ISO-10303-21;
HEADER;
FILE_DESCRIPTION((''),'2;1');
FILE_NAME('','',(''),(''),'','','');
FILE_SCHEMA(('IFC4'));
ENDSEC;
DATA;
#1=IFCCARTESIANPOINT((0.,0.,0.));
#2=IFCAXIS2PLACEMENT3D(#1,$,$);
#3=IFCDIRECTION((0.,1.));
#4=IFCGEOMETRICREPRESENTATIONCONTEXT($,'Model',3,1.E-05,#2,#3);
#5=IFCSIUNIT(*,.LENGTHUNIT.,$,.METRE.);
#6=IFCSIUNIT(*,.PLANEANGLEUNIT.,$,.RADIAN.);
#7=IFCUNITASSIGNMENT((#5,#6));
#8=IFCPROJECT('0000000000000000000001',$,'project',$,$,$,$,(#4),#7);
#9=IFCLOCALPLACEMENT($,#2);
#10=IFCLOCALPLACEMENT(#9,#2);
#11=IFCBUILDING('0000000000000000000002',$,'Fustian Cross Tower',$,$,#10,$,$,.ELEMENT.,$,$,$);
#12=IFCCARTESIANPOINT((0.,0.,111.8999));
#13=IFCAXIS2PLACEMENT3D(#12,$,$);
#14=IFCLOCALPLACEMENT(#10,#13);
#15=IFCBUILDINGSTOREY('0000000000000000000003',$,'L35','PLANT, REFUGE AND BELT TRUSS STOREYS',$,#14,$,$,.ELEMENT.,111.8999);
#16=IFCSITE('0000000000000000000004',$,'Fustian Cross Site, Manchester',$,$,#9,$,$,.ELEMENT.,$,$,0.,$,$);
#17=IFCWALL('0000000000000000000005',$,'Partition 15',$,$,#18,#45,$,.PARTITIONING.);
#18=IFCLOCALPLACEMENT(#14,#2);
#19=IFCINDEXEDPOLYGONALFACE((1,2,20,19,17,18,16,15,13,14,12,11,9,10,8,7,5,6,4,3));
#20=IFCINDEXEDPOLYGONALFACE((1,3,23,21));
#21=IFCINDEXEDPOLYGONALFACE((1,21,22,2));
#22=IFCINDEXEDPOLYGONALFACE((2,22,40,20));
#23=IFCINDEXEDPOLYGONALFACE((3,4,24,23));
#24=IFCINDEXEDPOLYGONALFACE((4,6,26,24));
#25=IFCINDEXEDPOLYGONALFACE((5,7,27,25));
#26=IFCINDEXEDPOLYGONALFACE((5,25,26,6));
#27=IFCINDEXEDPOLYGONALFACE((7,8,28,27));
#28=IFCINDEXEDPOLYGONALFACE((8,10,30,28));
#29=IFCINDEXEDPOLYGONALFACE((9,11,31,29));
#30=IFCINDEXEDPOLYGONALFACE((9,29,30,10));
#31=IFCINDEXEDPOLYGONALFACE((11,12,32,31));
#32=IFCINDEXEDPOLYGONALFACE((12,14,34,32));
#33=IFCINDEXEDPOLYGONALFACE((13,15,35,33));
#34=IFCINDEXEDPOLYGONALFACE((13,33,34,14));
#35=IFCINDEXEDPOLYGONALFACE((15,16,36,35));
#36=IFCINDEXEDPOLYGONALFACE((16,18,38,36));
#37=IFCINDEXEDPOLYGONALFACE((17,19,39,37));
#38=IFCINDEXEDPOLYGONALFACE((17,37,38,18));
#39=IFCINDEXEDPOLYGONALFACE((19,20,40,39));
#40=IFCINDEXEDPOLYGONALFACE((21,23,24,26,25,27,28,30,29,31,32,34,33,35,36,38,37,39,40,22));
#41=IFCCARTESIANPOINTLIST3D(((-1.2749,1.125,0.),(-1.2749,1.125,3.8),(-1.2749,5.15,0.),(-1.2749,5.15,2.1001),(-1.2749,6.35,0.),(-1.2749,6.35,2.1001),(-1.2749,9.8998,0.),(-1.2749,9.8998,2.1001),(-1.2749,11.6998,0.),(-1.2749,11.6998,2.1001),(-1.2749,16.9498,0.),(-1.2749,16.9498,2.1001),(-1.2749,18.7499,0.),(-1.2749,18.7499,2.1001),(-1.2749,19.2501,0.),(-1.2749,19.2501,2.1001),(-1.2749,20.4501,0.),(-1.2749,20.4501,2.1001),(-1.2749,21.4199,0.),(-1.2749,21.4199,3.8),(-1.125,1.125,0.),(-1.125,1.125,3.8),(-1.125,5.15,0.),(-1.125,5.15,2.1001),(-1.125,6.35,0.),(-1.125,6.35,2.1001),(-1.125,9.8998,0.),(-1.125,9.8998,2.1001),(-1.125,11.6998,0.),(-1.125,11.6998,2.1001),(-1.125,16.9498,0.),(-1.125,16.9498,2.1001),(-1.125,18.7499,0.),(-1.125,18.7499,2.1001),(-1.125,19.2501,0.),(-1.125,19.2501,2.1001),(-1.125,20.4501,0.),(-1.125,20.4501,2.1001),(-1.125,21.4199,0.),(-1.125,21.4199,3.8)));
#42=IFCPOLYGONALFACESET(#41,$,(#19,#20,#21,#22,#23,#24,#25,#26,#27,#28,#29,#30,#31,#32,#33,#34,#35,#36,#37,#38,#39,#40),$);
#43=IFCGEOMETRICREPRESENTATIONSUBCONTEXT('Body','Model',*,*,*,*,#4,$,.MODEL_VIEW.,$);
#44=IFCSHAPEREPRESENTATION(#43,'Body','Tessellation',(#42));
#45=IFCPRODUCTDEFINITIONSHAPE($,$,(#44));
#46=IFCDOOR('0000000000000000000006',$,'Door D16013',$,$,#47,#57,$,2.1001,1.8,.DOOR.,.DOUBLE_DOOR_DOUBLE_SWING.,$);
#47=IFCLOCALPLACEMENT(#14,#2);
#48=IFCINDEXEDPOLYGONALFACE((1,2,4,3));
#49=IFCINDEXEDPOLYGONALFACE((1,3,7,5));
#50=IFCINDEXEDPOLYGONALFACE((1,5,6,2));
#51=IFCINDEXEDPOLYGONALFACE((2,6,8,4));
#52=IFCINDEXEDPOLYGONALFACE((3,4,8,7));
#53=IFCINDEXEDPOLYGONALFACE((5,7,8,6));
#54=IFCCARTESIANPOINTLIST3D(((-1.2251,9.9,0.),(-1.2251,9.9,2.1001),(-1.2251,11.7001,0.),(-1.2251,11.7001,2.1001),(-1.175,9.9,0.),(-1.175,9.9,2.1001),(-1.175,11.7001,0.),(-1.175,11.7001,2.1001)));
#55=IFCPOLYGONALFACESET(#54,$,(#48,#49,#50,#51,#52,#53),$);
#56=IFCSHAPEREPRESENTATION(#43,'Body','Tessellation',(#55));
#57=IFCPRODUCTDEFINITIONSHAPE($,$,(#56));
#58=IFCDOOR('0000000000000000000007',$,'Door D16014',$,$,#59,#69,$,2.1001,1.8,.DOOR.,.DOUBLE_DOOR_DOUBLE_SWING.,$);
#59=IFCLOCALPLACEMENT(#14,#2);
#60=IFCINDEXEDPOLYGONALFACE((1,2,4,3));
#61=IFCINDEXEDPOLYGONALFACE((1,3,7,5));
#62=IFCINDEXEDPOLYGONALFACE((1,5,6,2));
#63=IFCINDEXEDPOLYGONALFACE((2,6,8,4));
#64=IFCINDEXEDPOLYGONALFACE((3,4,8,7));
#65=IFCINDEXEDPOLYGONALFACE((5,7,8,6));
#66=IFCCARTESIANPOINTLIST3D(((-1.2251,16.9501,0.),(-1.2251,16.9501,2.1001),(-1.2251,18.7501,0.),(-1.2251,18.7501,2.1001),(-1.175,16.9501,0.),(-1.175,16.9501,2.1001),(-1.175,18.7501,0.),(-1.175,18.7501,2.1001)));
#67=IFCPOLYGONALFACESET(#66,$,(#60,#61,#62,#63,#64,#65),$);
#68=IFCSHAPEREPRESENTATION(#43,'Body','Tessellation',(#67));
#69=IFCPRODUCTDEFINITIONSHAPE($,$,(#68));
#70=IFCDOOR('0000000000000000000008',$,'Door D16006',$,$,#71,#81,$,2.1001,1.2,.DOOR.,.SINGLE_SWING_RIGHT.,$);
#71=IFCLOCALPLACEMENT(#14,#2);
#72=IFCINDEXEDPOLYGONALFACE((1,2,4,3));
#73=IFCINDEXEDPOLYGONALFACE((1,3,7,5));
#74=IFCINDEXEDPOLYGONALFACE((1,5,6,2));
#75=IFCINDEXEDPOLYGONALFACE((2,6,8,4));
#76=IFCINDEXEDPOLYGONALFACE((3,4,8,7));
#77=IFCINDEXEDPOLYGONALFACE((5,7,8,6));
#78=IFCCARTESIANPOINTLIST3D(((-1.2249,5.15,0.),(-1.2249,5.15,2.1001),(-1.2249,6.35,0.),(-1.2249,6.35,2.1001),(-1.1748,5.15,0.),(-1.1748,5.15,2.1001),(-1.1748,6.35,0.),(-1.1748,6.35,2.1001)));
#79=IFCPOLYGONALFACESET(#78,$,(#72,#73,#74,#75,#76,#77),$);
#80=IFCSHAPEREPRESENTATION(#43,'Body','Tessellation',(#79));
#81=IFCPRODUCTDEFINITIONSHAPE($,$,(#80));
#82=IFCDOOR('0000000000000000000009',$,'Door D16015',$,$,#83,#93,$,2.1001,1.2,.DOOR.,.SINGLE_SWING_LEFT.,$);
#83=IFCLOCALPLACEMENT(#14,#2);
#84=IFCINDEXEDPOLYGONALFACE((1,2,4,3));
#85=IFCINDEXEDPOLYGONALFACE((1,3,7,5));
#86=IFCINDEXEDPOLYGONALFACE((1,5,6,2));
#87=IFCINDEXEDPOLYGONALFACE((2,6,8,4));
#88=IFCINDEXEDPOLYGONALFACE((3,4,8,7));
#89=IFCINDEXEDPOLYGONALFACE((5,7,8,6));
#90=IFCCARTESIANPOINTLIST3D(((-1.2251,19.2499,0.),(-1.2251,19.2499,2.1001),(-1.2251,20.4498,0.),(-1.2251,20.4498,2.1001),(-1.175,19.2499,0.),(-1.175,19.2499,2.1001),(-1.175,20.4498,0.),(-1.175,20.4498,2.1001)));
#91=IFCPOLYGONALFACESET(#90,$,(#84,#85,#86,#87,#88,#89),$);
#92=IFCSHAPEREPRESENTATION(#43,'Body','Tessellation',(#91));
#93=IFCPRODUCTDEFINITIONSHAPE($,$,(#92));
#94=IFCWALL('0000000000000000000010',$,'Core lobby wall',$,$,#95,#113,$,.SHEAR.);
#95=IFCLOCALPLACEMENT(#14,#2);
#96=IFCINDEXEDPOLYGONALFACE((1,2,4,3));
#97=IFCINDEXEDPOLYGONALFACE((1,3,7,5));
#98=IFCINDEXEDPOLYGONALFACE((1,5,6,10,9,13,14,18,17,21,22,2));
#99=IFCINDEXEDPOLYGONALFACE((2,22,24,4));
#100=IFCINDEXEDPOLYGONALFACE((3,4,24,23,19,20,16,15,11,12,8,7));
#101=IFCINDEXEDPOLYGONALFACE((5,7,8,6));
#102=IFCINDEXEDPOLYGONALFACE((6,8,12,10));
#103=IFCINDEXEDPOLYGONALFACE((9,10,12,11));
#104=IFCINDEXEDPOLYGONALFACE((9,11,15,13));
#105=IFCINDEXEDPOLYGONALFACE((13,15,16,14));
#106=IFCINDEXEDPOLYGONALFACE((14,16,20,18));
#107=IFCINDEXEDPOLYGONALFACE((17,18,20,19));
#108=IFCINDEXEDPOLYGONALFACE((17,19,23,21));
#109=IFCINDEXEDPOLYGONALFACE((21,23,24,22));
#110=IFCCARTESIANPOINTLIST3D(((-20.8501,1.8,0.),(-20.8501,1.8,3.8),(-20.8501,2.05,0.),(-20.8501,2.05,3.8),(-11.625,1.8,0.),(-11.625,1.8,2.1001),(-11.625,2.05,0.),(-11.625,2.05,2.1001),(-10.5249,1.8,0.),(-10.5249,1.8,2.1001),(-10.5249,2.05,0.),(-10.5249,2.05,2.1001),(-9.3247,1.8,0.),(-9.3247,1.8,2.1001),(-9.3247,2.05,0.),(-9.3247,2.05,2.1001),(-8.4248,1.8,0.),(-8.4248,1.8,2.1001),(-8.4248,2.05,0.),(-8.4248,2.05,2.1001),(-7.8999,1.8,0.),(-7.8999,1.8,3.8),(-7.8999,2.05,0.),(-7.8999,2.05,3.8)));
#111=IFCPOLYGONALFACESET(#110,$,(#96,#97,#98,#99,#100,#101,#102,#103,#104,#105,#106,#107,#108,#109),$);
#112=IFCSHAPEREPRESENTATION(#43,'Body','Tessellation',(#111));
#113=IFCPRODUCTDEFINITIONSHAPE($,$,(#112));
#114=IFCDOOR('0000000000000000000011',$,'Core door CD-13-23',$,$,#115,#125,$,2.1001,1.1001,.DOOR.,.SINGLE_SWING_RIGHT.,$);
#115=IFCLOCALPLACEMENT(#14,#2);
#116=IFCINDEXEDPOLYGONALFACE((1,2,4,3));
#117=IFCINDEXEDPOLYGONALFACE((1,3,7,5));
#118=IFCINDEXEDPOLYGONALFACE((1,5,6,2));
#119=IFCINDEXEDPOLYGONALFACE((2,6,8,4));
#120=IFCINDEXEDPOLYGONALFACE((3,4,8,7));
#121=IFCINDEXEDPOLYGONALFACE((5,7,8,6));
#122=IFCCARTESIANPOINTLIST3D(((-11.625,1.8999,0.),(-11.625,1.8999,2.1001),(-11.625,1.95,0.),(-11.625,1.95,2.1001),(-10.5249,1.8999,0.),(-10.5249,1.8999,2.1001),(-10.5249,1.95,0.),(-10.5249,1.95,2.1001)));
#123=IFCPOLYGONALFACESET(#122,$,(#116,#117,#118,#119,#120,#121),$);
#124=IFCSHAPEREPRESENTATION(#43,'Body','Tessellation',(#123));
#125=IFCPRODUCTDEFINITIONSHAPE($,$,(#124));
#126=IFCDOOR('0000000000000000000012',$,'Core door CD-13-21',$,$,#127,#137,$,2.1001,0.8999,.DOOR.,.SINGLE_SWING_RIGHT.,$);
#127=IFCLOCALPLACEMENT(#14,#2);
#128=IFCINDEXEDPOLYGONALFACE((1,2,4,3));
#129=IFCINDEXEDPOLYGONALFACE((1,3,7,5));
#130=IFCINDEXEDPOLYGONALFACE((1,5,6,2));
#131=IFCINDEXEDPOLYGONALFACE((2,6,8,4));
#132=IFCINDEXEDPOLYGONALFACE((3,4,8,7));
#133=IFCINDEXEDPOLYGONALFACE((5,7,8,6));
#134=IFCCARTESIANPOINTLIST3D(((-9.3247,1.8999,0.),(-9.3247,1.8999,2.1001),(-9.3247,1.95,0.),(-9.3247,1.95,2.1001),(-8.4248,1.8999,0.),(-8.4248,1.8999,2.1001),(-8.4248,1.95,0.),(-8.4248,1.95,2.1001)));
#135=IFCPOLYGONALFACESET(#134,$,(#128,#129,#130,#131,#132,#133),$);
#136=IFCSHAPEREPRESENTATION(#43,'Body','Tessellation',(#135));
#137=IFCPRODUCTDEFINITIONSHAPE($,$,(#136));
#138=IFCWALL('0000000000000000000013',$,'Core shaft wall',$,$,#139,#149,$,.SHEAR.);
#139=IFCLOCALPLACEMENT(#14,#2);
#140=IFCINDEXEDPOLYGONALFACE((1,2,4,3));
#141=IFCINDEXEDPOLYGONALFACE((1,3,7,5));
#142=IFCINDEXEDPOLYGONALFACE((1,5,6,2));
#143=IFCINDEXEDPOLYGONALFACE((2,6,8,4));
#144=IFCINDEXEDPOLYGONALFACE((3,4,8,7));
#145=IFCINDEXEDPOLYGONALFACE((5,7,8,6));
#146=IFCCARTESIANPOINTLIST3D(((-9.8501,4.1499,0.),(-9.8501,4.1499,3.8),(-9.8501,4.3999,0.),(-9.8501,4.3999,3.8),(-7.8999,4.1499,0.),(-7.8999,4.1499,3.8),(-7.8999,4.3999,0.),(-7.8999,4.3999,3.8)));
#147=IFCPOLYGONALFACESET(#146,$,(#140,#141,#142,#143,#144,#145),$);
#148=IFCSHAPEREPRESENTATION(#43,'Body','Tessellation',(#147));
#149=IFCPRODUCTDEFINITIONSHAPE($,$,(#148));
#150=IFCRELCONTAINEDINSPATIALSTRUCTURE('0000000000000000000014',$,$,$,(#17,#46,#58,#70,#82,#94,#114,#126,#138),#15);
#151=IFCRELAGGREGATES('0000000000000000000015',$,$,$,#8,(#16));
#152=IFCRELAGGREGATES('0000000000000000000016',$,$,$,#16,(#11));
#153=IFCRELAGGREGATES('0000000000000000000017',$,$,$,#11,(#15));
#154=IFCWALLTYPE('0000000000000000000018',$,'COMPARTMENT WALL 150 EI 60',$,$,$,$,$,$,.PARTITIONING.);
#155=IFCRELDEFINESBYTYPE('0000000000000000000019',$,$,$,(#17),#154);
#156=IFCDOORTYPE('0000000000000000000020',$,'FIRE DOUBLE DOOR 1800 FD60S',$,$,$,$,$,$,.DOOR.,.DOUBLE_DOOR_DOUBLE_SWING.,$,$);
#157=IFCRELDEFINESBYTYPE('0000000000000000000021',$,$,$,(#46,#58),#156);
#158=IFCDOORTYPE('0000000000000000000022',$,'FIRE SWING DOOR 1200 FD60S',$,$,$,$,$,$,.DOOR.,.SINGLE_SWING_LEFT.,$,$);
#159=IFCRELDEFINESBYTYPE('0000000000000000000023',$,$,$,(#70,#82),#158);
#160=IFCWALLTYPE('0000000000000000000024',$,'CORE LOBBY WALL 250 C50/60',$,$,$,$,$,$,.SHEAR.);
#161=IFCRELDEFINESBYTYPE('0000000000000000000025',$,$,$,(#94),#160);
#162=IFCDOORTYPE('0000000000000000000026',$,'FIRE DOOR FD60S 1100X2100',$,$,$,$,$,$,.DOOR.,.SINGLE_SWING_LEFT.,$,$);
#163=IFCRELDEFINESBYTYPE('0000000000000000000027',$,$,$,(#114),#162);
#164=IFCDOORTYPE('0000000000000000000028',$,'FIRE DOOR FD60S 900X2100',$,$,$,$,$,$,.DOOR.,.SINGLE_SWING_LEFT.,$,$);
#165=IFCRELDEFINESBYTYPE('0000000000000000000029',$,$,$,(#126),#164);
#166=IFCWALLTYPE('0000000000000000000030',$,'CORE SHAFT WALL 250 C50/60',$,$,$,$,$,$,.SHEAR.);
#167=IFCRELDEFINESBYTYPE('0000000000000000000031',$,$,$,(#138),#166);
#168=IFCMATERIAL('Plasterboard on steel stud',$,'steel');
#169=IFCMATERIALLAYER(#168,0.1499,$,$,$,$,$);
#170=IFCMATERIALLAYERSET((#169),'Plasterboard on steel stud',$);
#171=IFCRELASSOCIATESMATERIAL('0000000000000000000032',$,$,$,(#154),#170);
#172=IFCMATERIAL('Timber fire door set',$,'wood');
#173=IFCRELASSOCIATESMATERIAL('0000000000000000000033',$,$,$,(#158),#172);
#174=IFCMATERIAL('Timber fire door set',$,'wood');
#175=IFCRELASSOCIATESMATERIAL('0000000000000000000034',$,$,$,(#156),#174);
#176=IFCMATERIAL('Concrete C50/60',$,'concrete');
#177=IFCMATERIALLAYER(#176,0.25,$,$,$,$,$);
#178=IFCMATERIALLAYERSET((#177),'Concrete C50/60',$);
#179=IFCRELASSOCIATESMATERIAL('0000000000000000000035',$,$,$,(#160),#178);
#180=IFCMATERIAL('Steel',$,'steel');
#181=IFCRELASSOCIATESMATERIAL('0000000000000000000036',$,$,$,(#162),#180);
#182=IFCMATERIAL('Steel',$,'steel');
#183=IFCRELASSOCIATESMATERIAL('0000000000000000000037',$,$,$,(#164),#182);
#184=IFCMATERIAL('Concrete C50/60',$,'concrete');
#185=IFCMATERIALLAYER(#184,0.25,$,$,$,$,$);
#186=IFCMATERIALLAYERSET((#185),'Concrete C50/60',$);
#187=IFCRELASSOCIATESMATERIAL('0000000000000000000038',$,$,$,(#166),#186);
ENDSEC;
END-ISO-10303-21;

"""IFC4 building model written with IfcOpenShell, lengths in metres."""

from ifc_helpers import new_model, si_unit, direction, frame, frame_2d, origin, place, context, subcontext, project, spatial, rectangle, extrude, material, layer, layer_set, type_object, element, fill, save


model = new_model("IFC4")

# Units and contexts
model_context = context("Model", 3, precision=1e-05, world=origin(), true_north=direction((0.0, 1.0)))
body_context = subcontext(model_context, "Body", "Model", "MODEL_VIEW")
ifc_project = project(units=[si_unit("LENGTHUNIT", "METRE"), si_unit("PLANEANGLEUNIT", "RADIAN")], contexts=[model_context])

# Site, building, storey
site_placement = place(None, origin())
site = spatial("IfcSite", under=ifc_project, at=site_placement, Name="Fustian Cross Site, Manchester", CompositionType="ELEMENT", RefElevation=0.0)
building_placement = place(site_placement, origin())
building = spatial("IfcBuilding", under=site, at=building_placement, Name="Fustian Cross Tower", CompositionType="ELEMENT")
storey_placement = place(building_placement, frame((0.0, 0.0, 111.8999)))
storey = spatial("IfcBuildingStorey", under=building, at=storey_placement, Name="L35", Description="PLANT, REFUGE AND BELT TRUSS STOREYS", CompositionType="ELEMENT", Elevation=111.8999)

# Shared definitions
ifc_material_1 = material(Name="Plasterboard on steel stud", Category="steel")
ifc_layer_1 = layer(ifc_material_1, 0.1499)
ifc_layer_set_1 = layer_set([ifc_layer_1], Name="Plasterboard on steel stud")
wall_type_1 = type_object("IfcWallType", Name="COMPARTMENT WALL 150 EI 60", PredefinedType="PARTITIONING", material=ifc_layer_set_1)
ifc_material_2 = material(Name="Timber fire door set", Category="wood")
door_type_1 = type_object("IfcDoorType", Name="FIRE SWING DOOR 1200 FD60S", OperationType="SINGLE_SWING_LEFT", PredefinedType="DOOR", material=ifc_material_2)

# Walls, openings, doors
wall_1_placement = place(storey_placement, frame((-1.2, 1.125, 0.0), z_axis=(0.0, 0.0, 1.0), x_axis=(0.0, 1.0, 0.0)))
wall_1 = element("IfcWall", 1, at=wall_1_placement, inside=storey, type_object=wall_type_1, Name="Partition 15", PredefinedType="PARTITIONING", context=body_context, shape_type="SweptSolid", body=[
    extrude(rectangle(XDim=20.2949, YDim=0.1499, at=frame_2d((10.1475, 0.0))), origin(), (0.0, 0.0, 1.0), 3.8),
])
opening_1_placement = place(wall_1_placement, frame((4.0249, 0.0, 0.0)))
opening_1 = element("IfcOpeningElement", 2, at=opening_1_placement, cuts=wall_1, PredefinedType="OPENING", context=body_context, shape_type="SweptSolid", body=[
    extrude(rectangle(XDim=1.2, YDim=2.1001, at=frame_2d((0.6001, 1.05))), frame((0.0, 0.085, 0.0), z_axis=(0.0, -1.0, 0.0), x_axis=(1.0, 0.0, 0.0)), (0.0, 0.0, 1.0), 0.1699),
])
opening_2_placement = place(wall_1_placement, frame((8.7749, 0.0, 0.0)))
opening_2 = element("IfcOpeningElement", 3, at=opening_2_placement, cuts=wall_1, PredefinedType="OPENING", context=body_context, shape_type="SweptSolid", body=[
    extrude(rectangle(XDim=1.8, YDim=2.1001, at=frame_2d((0.8999, 1.05))), frame((0.0, 0.085, 0.0), z_axis=(0.0, -1.0, 0.0), x_axis=(1.0, 0.0, 0.0)), (0.0, 0.0, 1.0), 0.1699),
])
opening_3_placement = place(wall_1_placement, frame((15.825, 0.0, 0.0)))
opening_3 = element("IfcOpeningElement", 4, at=opening_3_placement, cuts=wall_1, PredefinedType="OPENING", context=body_context, shape_type="SweptSolid", body=[
    extrude(rectangle(XDim=1.8, YDim=2.1001, at=frame_2d((0.8999, 1.05))), frame((0.0, 0.085, 0.0), z_axis=(0.0, -1.0, 0.0), x_axis=(1.0, 0.0, 0.0)), (0.0, 0.0, 1.0), 0.1699),
])
opening_4_placement = place(wall_1_placement, frame((18.125, 0.0, 0.0)))
opening_4 = element("IfcOpeningElement", 5, at=opening_4_placement, cuts=wall_1, PredefinedType="OPENING", context=body_context, shape_type="SweptSolid", body=[
    extrude(rectangle(XDim=1.2, YDim=2.1001, at=frame_2d((0.6001, 1.05))), frame((0.0, 0.085, 0.0), z_axis=(0.0, -1.0, 0.0), x_axis=(1.0, 0.0, 0.0)), (0.0, 0.0, 1.0), 0.1699),
])
ifc_material_3 = material(Name="Timber fire door set", Category="wood")
door_type_2 = type_object("IfcDoorType", Name="FIRE DOUBLE DOOR 1800 FD60S", OperationType="DOUBLE_DOOR_DOUBLE_SWING", PredefinedType="DOOR", material=ifc_material_3)
door_1_placement = place(opening_2_placement, frame((1.8, 0.0, 0.0), z_axis=(0.0, 0.0, 1.0), x_axis=(-1.0, 0.0, 0.0)))
door_1 = element("IfcDoor", 6, at=door_1_placement, inside=storey, type_object=door_type_2, Name="Door D16013", OperationType="DOUBLE_DOOR_DOUBLE_SWING", OverallHeight=2.1001, OverallWidth=1.8, PredefinedType="DOOR", context=body_context, shape_type="SweptSolid", body=[
    extrude(rectangle(XDim=1.8, YDim=2.1001, at=frame_2d((0.8999, 1.05))), frame((0.0, 0.0249, 0.0), z_axis=(0.0, -1.0, 0.0), x_axis=(1.0, 0.0, 0.0)), (0.0, 0.0, 1.0), 0.05),
])
fill(opening_2, door_1)
door_2_placement = place(opening_3_placement, frame((1.8, 0.0, 0.0), z_axis=(0.0, 0.0, 1.0), x_axis=(-1.0, 0.0, 0.0)))
door_2 = element("IfcDoor", 7, at=door_2_placement, inside=storey, type_object=door_type_2, Name="Door D16014", OperationType="DOUBLE_DOOR_DOUBLE_SWING", OverallHeight=2.1001, OverallWidth=1.8, PredefinedType="DOOR", context=body_context, shape_type="SweptSolid", body=[
    extrude(rectangle(XDim=1.8, YDim=2.1001, at=frame_2d((0.8999, 1.05))), frame((0.0, 0.0249, 0.0), z_axis=(0.0, -1.0, 0.0), x_axis=(1.0, 0.0, 0.0)), (0.0, 0.0, 1.0), 0.05),
])
fill(opening_3, door_2)
door_3_placement = place(opening_1_placement, origin())
door_3 = element("IfcDoor", 8, at=door_3_placement, inside=storey, type_object=door_type_1, Name="Door D16006", OperationType="SINGLE_SWING_RIGHT", OverallHeight=2.1001, OverallWidth=1.2, PredefinedType="DOOR", context=body_context, shape_type="SweptSolid", body=[
    extrude(rectangle(XDim=1.2, YDim=2.1001, at=frame_2d((0.6001, 1.05))), frame((0.0, 0.0249, 0.0), z_axis=(0.0, -1.0, 0.0), x_axis=(1.0, 0.0, 0.0)), (0.0, 0.0, 1.0), 0.05),
])
fill(opening_1, door_3)
door_4_placement = place(opening_4_placement, frame((1.2, 0.0, 0.0), z_axis=(0.0, 0.0, 1.0), x_axis=(-1.0, 0.0, 0.0)))
door_4 = element("IfcDoor", 9, at=door_4_placement, inside=storey, type_object=door_type_1, Name="Door D16015", OperationType="SINGLE_SWING_LEFT", OverallHeight=2.1001, OverallWidth=1.2, PredefinedType="DOOR", context=body_context, shape_type="SweptSolid", body=[
    extrude(rectangle(XDim=1.2, YDim=2.1001, at=frame_2d((0.6001, 1.05))), frame((0.0, 0.0249, 0.0), z_axis=(0.0, -1.0, 0.0), x_axis=(1.0, 0.0, 0.0)), (0.0, 0.0, 1.0), 0.05),
])
fill(opening_4, door_4)
ifc_material_4 = material(Name="Concrete C50/60", Category="concrete")
ifc_layer_2 = layer(ifc_material_4, 0.25)
ifc_layer_set_2 = layer_set([ifc_layer_2], Name="Concrete C50/60")
wall_type_2 = type_object("IfcWallType", Name="CORE LOBBY WALL 250 C50/60", PredefinedType="SHEAR", material=ifc_layer_set_2)
wall_2_placement = place(storey_placement, frame((-7.8999, 1.925, 0.0), z_axis=(0.0, 0.0, 1.0), x_axis=(-1.0, 0.0, 0.0)))
wall_2 = element("IfcWall", 10, at=wall_2_placement, inside=storey, type_object=wall_type_2, Name="Core lobby wall", PredefinedType="SHEAR", context=body_context, shape_type="SweptSolid", body=[
    extrude(rectangle(XDim=12.9502, YDim=0.25, at=frame_2d((6.4751, 0.0))), origin(), (0.0, 0.0, 1.0), 3.8),
])
opening_5_placement = place(wall_2_placement, frame((0.5249, 0.0, 0.0)))
opening_5 = element("IfcOpeningElement", 11, at=opening_5_placement, cuts=wall_2, PredefinedType="OPENING", context=body_context, shape_type="SweptSolid", body=[
    extrude(rectangle(XDim=0.8999, YDim=2.1001, at=frame_2d((0.45, 1.05))), frame((0.0, 0.135, 0.0), z_axis=(0.0, -1.0, 0.0), x_axis=(1.0, 0.0, 0.0)), (0.0, 0.0, 1.0), 0.27),
])
opening_6_placement = place(wall_2_placement, frame((2.625, 0.0, 0.0)))
opening_6 = element("IfcOpeningElement", 12, at=opening_6_placement, cuts=wall_2, PredefinedType="OPENING", context=body_context, shape_type="SweptSolid", body=[
    extrude(rectangle(XDim=1.1001, YDim=2.1001, at=frame_2d((0.55, 1.05))), frame((0.0, 0.135, 0.0), z_axis=(0.0, -1.0, 0.0), x_axis=(1.0, 0.0, 0.0)), (0.0, 0.0, 1.0), 0.27),
])
ifc_material_5 = material(Name="Steel", Category="steel")
door_type_3 = type_object("IfcDoorType", Name="FIRE DOOR FD60S 1100X2100", OperationType="SINGLE_SWING_LEFT", PredefinedType="DOOR", material=ifc_material_5)
door_5_placement = place(opening_6_placement, frame((1.1001, 0.0, 0.0), z_axis=(0.0, 0.0, 1.0), x_axis=(-1.0, 0.0, 0.0)))
door_5 = element("IfcDoor", 13, at=door_5_placement, inside=storey, type_object=door_type_3, Name="Core door CD-13-23", OperationType="SINGLE_SWING_RIGHT", OverallHeight=2.1001, OverallWidth=1.1001, PredefinedType="DOOR", context=body_context, shape_type="SweptSolid", body=[
    extrude(rectangle(XDim=1.1001, YDim=2.1001, at=frame_2d((0.55, 1.05))), frame((0.0, 0.0249, 0.0), z_axis=(0.0, -1.0, 0.0), x_axis=(1.0, 0.0, 0.0)), (0.0, 0.0, 1.0), 0.05),
])
fill(opening_6, door_5)
ifc_material_6 = material(Name="Steel", Category="steel")
door_type_4 = type_object("IfcDoorType", Name="FIRE DOOR FD60S 900X2100", OperationType="SINGLE_SWING_LEFT", PredefinedType="DOOR", material=ifc_material_6)
door_6_placement = place(opening_5_placement, frame((0.8999, 0.0, 0.0), z_axis=(0.0, 0.0, 1.0), x_axis=(-1.0, 0.0, 0.0)))
door_6 = element("IfcDoor", 14, at=door_6_placement, inside=storey, type_object=door_type_4, Name="Core door CD-13-21", OperationType="SINGLE_SWING_RIGHT", OverallHeight=2.1001, OverallWidth=0.8999, PredefinedType="DOOR", context=body_context, shape_type="SweptSolid", body=[
    extrude(rectangle(XDim=0.8999, YDim=2.1001, at=frame_2d((0.45, 1.05))), frame((0.0, 0.0249, 0.0), z_axis=(0.0, -1.0, 0.0), x_axis=(1.0, 0.0, 0.0)), (0.0, 0.0, 1.0), 0.05),
])
fill(opening_5, door_6)

# Wall
ifc_material_7 = material(Name="Concrete C50/60", Category="concrete")
ifc_layer_3 = layer(ifc_material_7, 0.25)
ifc_layer_set_3 = layer_set([ifc_layer_3], Name="Concrete C50/60")
wall_type_3 = type_object("IfcWallType", Name="CORE SHAFT WALL 250 C50/60", PredefinedType="SHEAR", material=ifc_layer_set_3)
wall_3_placement = place(storey_placement, frame((-7.8999, 4.2749, 0.0), z_axis=(0.0, 0.0, 1.0), x_axis=(-1.0, 0.0, 0.0)))
element("IfcWall", 15, at=wall_3_placement, inside=storey, type_object=wall_type_3, Name="Core shaft wall", PredefinedType="SHEAR", context=body_context, shape_type="SweptSolid", body=[
    extrude(rectangle(XDim=1.9502, YDim=0.25, at=frame_2d((0.9751, 0.0))), origin(), (0.0, 0.0, 1.0), 3.8),
])

save(model, "model.ifc")
